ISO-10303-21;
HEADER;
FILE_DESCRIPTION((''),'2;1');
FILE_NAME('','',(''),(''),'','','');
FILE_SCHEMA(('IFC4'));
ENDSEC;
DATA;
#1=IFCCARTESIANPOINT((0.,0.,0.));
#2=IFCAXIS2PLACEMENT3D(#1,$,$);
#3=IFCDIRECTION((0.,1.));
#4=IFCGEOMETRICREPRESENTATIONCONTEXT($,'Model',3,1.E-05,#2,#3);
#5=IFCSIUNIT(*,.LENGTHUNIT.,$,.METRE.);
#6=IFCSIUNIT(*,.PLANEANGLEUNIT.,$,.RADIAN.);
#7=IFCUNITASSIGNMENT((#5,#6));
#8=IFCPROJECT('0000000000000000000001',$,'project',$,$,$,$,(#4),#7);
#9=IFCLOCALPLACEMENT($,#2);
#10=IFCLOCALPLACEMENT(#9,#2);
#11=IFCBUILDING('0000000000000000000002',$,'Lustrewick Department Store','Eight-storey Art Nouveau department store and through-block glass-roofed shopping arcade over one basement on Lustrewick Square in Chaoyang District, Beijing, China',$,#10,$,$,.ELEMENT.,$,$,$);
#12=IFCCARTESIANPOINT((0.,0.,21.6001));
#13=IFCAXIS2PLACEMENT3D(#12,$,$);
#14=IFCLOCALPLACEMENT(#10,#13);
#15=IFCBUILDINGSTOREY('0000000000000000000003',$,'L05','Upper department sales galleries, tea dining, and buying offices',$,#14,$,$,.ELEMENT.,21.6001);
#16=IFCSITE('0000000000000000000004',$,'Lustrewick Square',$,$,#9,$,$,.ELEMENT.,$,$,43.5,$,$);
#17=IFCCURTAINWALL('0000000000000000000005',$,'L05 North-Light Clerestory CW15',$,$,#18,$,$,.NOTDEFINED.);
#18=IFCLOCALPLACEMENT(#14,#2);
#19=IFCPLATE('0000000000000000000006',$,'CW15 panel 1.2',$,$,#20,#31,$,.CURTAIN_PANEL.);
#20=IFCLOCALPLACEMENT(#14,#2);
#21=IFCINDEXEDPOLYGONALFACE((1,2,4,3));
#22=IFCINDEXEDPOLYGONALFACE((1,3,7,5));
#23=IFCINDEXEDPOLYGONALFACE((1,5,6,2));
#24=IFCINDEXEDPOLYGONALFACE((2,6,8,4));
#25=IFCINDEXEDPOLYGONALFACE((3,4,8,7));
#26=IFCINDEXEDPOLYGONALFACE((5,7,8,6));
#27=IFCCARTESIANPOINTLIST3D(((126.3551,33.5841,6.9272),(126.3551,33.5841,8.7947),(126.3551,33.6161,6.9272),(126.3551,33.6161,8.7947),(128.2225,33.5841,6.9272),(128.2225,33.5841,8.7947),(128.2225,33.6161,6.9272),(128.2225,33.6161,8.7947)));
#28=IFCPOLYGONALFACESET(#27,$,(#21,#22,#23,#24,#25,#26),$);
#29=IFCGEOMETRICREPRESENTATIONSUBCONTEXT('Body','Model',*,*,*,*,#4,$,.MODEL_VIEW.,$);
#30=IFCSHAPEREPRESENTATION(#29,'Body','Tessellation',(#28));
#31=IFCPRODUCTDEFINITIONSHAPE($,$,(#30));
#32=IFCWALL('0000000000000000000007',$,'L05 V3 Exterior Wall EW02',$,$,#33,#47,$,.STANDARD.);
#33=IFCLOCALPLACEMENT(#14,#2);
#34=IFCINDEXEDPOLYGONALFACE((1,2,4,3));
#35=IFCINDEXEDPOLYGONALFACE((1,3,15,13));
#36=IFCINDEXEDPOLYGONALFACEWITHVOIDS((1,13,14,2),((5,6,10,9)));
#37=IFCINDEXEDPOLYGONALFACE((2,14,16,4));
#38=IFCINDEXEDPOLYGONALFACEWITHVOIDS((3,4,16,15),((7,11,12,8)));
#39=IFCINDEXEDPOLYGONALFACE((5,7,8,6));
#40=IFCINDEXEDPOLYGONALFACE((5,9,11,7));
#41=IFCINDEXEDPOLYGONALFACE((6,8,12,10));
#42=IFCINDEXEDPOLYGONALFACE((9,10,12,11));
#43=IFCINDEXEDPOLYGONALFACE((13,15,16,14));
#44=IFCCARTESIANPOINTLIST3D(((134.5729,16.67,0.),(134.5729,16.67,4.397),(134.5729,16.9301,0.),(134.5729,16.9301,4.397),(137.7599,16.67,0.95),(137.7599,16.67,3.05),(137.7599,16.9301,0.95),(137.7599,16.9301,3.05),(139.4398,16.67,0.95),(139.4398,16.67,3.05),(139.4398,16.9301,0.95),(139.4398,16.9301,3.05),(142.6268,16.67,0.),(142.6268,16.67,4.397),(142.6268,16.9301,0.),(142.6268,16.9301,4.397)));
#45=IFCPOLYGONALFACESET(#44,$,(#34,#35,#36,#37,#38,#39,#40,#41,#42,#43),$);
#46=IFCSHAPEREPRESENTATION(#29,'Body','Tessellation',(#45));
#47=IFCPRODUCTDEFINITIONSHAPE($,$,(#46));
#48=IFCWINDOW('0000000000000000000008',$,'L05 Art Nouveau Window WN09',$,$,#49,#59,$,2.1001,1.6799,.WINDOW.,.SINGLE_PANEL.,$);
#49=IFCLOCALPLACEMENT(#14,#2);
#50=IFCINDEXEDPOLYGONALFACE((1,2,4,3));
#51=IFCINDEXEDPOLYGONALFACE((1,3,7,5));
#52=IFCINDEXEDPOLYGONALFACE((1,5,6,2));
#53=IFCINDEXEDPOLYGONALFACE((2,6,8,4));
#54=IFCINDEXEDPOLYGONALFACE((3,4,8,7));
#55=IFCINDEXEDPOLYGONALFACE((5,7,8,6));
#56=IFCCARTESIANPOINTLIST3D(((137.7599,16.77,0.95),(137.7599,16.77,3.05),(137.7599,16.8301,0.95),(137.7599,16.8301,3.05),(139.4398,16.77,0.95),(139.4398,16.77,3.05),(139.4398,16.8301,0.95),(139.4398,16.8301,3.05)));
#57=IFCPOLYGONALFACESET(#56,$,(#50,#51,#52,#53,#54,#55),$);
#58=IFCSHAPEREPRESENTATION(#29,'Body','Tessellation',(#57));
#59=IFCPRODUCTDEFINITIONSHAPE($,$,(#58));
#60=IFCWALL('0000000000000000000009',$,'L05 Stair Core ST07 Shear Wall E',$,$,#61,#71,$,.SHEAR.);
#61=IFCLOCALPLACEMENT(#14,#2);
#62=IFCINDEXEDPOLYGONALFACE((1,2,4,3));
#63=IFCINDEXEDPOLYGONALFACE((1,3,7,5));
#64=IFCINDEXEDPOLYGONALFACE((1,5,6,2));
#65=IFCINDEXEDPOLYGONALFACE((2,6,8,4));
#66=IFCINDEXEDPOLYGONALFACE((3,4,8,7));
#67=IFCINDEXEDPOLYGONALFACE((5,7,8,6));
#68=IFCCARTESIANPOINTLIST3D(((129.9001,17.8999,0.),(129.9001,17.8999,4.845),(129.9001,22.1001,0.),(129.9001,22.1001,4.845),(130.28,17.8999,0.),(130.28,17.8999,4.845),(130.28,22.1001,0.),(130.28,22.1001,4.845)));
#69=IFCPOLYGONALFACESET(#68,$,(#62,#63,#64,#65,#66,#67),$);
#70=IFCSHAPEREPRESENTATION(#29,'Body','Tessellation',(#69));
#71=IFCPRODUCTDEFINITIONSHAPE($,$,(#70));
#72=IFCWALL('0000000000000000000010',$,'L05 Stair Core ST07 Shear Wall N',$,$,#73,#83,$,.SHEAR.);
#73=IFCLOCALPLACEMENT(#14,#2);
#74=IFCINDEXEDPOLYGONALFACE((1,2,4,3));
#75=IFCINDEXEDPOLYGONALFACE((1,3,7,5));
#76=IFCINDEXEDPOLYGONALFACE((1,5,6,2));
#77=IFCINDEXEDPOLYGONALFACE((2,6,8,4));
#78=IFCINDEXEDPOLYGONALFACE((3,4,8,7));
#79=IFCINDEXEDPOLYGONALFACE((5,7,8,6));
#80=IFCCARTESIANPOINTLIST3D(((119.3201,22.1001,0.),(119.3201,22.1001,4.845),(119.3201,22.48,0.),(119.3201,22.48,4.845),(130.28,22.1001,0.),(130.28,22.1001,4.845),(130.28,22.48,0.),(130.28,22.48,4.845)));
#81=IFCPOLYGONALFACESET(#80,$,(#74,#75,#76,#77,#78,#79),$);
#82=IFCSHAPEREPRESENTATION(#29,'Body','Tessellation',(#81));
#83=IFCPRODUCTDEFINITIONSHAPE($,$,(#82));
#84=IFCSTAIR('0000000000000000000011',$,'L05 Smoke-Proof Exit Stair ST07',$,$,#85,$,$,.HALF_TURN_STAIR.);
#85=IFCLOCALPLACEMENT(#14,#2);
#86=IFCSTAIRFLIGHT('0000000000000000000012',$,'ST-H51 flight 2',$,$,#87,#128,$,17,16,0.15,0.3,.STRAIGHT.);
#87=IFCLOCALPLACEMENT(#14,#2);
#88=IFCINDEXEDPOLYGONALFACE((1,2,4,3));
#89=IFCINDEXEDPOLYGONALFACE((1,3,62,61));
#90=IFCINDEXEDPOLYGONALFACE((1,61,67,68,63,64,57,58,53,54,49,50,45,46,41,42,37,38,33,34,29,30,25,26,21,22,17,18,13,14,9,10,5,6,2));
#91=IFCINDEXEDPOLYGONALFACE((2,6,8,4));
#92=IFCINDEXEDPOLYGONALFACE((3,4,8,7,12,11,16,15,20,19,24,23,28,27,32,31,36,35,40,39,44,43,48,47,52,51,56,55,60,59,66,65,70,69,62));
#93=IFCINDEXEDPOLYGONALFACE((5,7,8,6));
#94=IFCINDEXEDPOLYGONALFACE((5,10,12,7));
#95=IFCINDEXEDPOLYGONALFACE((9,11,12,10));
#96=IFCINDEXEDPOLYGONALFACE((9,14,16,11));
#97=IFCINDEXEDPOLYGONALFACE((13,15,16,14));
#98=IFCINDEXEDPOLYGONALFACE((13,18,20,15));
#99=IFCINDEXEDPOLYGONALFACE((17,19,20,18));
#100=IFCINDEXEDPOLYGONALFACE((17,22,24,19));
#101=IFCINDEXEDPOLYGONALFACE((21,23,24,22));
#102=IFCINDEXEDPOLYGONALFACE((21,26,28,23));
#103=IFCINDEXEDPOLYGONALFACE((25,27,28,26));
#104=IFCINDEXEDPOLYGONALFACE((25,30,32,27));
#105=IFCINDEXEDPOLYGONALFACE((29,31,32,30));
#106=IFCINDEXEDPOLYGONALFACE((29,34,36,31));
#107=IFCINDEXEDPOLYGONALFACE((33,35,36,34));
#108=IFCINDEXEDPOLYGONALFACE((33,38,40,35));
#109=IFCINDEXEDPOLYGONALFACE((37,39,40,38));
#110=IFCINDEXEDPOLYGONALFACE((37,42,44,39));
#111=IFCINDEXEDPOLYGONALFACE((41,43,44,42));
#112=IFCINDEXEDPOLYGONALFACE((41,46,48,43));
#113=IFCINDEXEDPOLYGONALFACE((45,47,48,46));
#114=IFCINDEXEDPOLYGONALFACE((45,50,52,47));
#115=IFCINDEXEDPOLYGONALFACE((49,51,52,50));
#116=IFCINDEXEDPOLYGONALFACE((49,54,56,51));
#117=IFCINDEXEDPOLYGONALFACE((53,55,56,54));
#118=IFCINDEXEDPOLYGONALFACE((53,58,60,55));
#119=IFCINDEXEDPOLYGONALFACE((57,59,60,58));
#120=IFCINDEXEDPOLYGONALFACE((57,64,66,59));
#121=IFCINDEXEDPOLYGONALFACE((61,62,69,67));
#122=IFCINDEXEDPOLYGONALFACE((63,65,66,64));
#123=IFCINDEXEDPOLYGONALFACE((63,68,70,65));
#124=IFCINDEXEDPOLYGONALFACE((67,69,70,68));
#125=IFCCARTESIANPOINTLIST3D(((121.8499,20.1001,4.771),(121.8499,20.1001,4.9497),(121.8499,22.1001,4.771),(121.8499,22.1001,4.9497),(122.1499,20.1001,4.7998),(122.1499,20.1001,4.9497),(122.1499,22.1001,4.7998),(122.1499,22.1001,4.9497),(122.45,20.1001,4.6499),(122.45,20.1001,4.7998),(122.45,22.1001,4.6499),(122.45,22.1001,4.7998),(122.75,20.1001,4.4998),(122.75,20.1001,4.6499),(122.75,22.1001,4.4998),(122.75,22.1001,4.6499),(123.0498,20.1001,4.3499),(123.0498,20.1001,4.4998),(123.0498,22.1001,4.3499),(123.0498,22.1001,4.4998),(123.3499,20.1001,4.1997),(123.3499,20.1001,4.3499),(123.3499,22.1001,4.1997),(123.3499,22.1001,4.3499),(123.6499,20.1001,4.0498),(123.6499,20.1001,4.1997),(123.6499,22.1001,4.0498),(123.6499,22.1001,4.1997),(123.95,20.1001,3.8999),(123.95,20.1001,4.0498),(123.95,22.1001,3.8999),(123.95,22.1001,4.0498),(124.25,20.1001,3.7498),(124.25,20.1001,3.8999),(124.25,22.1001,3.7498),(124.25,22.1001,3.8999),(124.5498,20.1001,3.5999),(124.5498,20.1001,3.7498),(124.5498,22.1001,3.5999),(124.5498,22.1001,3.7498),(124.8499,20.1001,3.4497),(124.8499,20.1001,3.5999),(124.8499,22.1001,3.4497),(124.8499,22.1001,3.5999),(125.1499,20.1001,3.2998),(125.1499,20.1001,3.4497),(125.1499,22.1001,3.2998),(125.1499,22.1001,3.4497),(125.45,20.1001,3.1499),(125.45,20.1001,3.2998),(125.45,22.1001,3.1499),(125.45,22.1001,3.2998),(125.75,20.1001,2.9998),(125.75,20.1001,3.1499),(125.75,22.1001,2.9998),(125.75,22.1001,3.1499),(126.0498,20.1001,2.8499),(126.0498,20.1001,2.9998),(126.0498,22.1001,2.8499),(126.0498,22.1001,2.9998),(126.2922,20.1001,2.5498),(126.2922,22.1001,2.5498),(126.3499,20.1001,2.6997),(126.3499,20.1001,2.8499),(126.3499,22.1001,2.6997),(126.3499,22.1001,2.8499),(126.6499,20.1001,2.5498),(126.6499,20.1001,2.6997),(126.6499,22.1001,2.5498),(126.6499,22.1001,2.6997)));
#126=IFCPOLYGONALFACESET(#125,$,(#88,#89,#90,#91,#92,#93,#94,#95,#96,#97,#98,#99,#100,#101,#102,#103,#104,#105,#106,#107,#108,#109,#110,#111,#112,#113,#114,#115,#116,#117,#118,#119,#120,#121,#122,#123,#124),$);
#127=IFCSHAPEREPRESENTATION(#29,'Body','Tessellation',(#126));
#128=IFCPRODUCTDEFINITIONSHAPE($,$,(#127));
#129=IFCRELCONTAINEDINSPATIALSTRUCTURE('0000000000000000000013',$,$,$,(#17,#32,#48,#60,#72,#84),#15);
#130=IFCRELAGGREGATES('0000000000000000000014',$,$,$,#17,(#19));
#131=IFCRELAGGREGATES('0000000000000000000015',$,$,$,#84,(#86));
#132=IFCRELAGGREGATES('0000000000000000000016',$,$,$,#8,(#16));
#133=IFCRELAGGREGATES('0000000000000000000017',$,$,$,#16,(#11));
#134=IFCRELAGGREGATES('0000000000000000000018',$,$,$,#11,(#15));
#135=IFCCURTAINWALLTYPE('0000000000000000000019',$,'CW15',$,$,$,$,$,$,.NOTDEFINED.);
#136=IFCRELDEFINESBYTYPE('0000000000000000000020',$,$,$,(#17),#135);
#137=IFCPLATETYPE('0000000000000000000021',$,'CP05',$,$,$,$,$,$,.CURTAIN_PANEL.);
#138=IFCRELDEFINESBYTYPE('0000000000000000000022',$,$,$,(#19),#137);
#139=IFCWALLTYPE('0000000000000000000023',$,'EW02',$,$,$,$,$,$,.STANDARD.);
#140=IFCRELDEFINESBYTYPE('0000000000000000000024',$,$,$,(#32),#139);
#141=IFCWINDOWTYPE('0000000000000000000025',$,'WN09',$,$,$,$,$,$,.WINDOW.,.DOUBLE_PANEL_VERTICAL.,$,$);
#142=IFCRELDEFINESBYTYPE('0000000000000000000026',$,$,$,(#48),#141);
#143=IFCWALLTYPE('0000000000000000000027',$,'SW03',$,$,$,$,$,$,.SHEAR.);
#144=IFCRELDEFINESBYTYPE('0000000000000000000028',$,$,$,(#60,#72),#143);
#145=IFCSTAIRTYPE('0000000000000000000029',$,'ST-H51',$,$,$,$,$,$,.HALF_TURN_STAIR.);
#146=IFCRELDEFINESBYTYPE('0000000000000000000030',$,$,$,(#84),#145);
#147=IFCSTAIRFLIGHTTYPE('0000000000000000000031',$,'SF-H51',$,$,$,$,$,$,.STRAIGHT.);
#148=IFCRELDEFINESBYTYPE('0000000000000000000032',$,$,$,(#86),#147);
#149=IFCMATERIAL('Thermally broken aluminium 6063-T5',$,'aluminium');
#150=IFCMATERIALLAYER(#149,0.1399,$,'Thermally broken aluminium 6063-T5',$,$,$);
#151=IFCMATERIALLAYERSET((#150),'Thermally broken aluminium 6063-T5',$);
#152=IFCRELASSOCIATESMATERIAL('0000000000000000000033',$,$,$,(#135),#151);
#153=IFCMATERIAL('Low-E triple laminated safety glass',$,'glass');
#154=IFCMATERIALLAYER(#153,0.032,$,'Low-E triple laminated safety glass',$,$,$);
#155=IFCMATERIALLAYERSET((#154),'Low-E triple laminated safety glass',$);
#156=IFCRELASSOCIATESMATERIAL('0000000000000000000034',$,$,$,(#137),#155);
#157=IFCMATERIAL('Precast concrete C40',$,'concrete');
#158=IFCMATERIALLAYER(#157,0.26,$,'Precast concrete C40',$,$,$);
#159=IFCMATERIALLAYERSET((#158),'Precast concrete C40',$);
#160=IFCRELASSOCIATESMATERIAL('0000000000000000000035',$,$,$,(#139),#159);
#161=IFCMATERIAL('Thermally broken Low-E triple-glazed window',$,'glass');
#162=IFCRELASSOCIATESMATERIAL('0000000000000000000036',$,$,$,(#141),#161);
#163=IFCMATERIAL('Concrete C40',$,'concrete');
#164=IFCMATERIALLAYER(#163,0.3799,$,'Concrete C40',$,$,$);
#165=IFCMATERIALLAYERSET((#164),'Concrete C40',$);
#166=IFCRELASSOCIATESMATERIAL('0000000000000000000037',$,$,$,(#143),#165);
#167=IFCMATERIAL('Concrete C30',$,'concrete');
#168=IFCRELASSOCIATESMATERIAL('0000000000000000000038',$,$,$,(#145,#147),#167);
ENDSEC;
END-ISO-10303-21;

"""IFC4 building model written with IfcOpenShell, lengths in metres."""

from ifc_helpers import new_model, si_unit, direction, frame, frame_2d, origin, origin_2d, place, context, subcontext, project, spatial, polyline, rectangle, outline, extrude, material, layer, layer_set, type_object, element, fill, aggregate, save


model = new_model("IFC4")

# Units and contexts
model_context = context("Model", 3, precision=1e-05, world=origin(), true_north=direction((0.0, 1.0)))
body_context = subcontext(model_context, "Body", "Model", "MODEL_VIEW")
ifc_project = project(units=[si_unit("LENGTHUNIT", "METRE"), si_unit("PLANEANGLEUNIT", "RADIAN")], contexts=[model_context])

# Site, building, storey
site_placement = place(None, origin())
site = spatial("IfcSite", under=ifc_project, at=site_placement, Name="Lustrewick Square", CompositionType="ELEMENT", RefElevation=43.5)
building_placement = place(site_placement, origin())
building = spatial("IfcBuilding", under=site, at=building_placement, Name="Lustrewick Department Store", Description="Eight-storey Art Nouveau department store and through-block glass-roofed shopping arcade over one basement on Lustrewick Square in Chaoyang District, Beijing, China", CompositionType="ELEMENT")
storey_placement = place(building_placement, frame((0.0, 0.0, 21.6001)))
storey = spatial("IfcBuildingStorey", under=building, at=storey_placement, Name="L05", Description="Upper department sales galleries, tea dining, and buying offices", CompositionType="ELEMENT", Elevation=21.6001)

# Curtain wall
ifc_material_1 = material(Name="Thermally broken aluminium 6063-T5", Category="aluminium")
ifc_layer_1 = layer(ifc_material_1, 0.1399, Name="Thermally broken aluminium 6063-T5")
ifc_layer_set_1 = layer_set([ifc_layer_1], Name="Thermally broken aluminium 6063-T5")
curtain_wall_type = type_object("IfcCurtainWallType", Name="CW15", PredefinedType="NOTDEFINED", material=ifc_layer_set_1)
curtain_wall_placement = place(storey_placement, origin())
curtain_wall = element("IfcCurtainWall", 1, at=curtain_wall_placement, inside=storey, type_object=curtain_wall_type, Name="L05 North-Light Clerestory CW15", PredefinedType="NOTDEFINED")

# Plate
ifc_material_2 = material(Name="Low-E triple laminated safety glass", Category="glass")
ifc_layer_2 = layer(ifc_material_2, 0.032, Name="Low-E triple laminated safety glass")
ifc_layer_set_2 = layer_set([ifc_layer_2], Name="Low-E triple laminated safety glass")
plate_type = type_object("IfcPlateType", Name="CP05", PredefinedType="CURTAIN_PANEL", material=ifc_layer_set_2)
plate_1_placement = place(storey_placement, frame((127.2888, 33.6001, 6.9272), z_axis=(0.0, 0.0, 1.0), x_axis=(1.0, 0.0, 0.0)))
plate_1 = element("IfcPlate", 2, at=plate_1_placement, type_object=plate_type, Name="CW15 panel 1.2", PredefinedType="CURTAIN_PANEL", context=body_context, shape_type="SweptSolid", body=[
    extrude(rectangle(XDim=1.8674, YDim=0.032, at=origin_2d()), origin(), (0.0, 0.0, 1.0), 1.8674),
])
aggregate(curtain_wall, [plate_1])

# Wall, opening, window
ifc_material_3 = material(Name="Precast concrete C40", Category="concrete")
ifc_layer_3 = layer(ifc_material_3, 0.26, Name="Precast concrete C40")
ifc_layer_set_3 = layer_set([ifc_layer_3], Name="Precast concrete C40")
wall_type_1 = type_object("IfcWallType", Name="EW02", PredefinedType="STANDARD", material=ifc_layer_set_3)
wall_1_placement = place(storey_placement, frame((134.573, 16.8, 0.0), z_axis=(0.0, 0.0, 1.0), x_axis=(1.0, 0.0, 0.0)))
wall_1 = element("IfcWall", 3, at=wall_1_placement, inside=storey, type_object=wall_type_1, Name="L05 V3 Exterior Wall EW02", PredefinedType="STANDARD", context=body_context, shape_type="SweptSolid", body=[
    extrude(rectangle(XDim=8.054, YDim=0.26, at=frame_2d((4.0269, 0.0))), origin(), (0.0, 0.0, 1.0), 4.397),
])
opening_placement = place(wall_1_placement, frame((3.187, 0.0, 0.95)))
opening = element("IfcOpeningElement", 4, at=opening_placement, cuts=wall_1, PredefinedType="OPENING", context=body_context, shape_type="SweptSolid", body=[
    extrude(rectangle(XDim=1.6799, YDim=2.1001, at=frame_2d((0.8398, 1.05))), frame((0.0, 0.1401, 0.0), z_axis=(0.0, -1.0, 0.0), x_axis=(1.0, 0.0, 0.0)), (0.0, 0.0, 1.0), 0.28),
])
ifc_material_4 = material(Name="Thermally broken Low-E triple-glazed window", Category="glass")
window_type = type_object("IfcWindowType", Name="WN09", PartitioningType="DOUBLE_PANEL_VERTICAL", PredefinedType="WINDOW", material=ifc_material_4)
window_placement = place(opening_placement, origin())
window = element("IfcWindow", 5, at=window_placement, inside=storey, type_object=window_type, Name="L05 Art Nouveau Window WN09", OverallHeight=2.1001, OverallWidth=1.6799, PartitioningType="SINGLE_PANEL", PredefinedType="WINDOW", context=body_context, shape_type="SweptSolid", body=[
    extrude(rectangle(XDim=1.6799, YDim=2.1001, at=frame_2d((0.8398, 1.05))), frame((0.0, 0.03, 0.0), z_axis=(0.0, -1.0, 0.0), x_axis=(1.0, 0.0, 0.0)), (0.0, 0.0, 1.0), 0.0601),
])
fill(opening, window)

# Walls
ifc_material_5 = material(Name="Concrete C40", Category="concrete")
ifc_layer_4 = layer(ifc_material_5, 0.3799, Name="Concrete C40")
ifc_layer_set_4 = layer_set([ifc_layer_4], Name="Concrete C40")
wall_type_2 = type_object("IfcWallType", Name="SW03", PredefinedType="SHEAR", material=ifc_layer_set_4)
wall_2_placement = place(storey_placement, frame((130.0901, 17.8999, 0.0), z_axis=(0.0, 0.0, 1.0), x_axis=(0.0, 1.0, 0.0)))
element("IfcWall", 6, at=wall_2_placement, inside=storey, type_object=wall_type_2, Name="L05 Stair Core ST07 Shear Wall E", PredefinedType="SHEAR", context=body_context, shape_type="SweptSolid", body=[
    extrude(rectangle(XDim=4.2002, YDim=0.3799, at=frame_2d((2.1001, 0.0))), origin(), (0.0, 0.0, 1.0), 4.845),
])
wall_3_placement = place(storey_placement, frame((130.28, 22.29, 0.0), z_axis=(0.0, 0.0, 1.0), x_axis=(-1.0, 0.0, 0.0)))
element("IfcWall", 7, at=wall_3_placement, inside=storey, type_object=wall_type_2, Name="L05 Stair Core ST07 Shear Wall N", PredefinedType="SHEAR", context=body_context, shape_type="SweptSolid", body=[
    extrude(rectangle(XDim=10.96, YDim=0.3799, at=frame_2d((5.48, 0.0))), origin(), (0.0, 0.0, 1.0), 4.845),
])

# Stair, stair flight
ifc_material_6 = material(Name="Concrete C30", Category="concrete")
stair_type = type_object("IfcStairType", Name="ST-H51", PredefinedType="HALF_TURN_STAIR", material=ifc_material_6)
stair_placement = place(storey_placement, origin())
stair = element("IfcStair", 8, at=stair_placement, inside=storey, type_object=stair_type, Name="L05 Smoke-Proof Exit Stair ST07", PredefinedType="HALF_TURN_STAIR")
stair_flight_type = type_object("IfcStairFlightType", Name="SF-H51", PredefinedType="STRAIGHT", material=ifc_material_6)
stair_flight_placement = place(storey_placement, frame((126.6499, 21.1001, 2.5498), z_axis=(0.0, 0.0, 1.0), x_axis=(-1.0, 0.0, 0.0)))
stair_flight = element("IfcStairFlight", 9, at=stair_flight_placement, type_object=stair_flight_type, Name="ST-H51 flight 2", NumberOfRisers=17, NumberOfTreads=16, PredefinedType="STRAIGHT", RiserHeight=0.15, TreadLength=0.3, context=body_context, shape_type="SweptSolid", body=[
    extrude(outline(polyline([(0.0, 0.0), (0.0, 0.1499), (0.3, 0.1499), (0.3, 0.3), (0.6001, 0.3), (0.6001, 0.45), (0.8999, 0.45), (0.8999, 0.6001), (1.2, 0.6001), (1.2, 0.75), (1.5, 0.75), (1.5, 0.8999), (1.8, 0.8999), (1.8, 1.05), (2.1001, 1.05), (2.1001, 1.2), (2.3999, 1.2), (2.3999, 1.3501), (2.7, 1.3501), (2.7, 1.5), (3.0, 1.5), (3.0, 1.6499), (3.3, 1.6499), (3.3, 1.8), (3.6001, 1.8), (3.6001, 1.95), (3.8999, 1.95), (3.8999, 2.1001), (4.2, 2.1001), (4.2, 2.25), (4.5, 2.25), (4.5, 2.3999), (4.8, 2.3999), (4.8, 2.55), (4.8, 2.2212), (0.3577, 0.0), (0.0, 0.0)])), frame((0.0, 1.0, 0.0), z_axis=(0.0, -1.0, 0.0), x_axis=(1.0, 0.0, 0.0)), (0.0, 0.0, 1.0), 2.0),
])
aggregate(stair, [stair_flight])

save(model, "model.ifc")
